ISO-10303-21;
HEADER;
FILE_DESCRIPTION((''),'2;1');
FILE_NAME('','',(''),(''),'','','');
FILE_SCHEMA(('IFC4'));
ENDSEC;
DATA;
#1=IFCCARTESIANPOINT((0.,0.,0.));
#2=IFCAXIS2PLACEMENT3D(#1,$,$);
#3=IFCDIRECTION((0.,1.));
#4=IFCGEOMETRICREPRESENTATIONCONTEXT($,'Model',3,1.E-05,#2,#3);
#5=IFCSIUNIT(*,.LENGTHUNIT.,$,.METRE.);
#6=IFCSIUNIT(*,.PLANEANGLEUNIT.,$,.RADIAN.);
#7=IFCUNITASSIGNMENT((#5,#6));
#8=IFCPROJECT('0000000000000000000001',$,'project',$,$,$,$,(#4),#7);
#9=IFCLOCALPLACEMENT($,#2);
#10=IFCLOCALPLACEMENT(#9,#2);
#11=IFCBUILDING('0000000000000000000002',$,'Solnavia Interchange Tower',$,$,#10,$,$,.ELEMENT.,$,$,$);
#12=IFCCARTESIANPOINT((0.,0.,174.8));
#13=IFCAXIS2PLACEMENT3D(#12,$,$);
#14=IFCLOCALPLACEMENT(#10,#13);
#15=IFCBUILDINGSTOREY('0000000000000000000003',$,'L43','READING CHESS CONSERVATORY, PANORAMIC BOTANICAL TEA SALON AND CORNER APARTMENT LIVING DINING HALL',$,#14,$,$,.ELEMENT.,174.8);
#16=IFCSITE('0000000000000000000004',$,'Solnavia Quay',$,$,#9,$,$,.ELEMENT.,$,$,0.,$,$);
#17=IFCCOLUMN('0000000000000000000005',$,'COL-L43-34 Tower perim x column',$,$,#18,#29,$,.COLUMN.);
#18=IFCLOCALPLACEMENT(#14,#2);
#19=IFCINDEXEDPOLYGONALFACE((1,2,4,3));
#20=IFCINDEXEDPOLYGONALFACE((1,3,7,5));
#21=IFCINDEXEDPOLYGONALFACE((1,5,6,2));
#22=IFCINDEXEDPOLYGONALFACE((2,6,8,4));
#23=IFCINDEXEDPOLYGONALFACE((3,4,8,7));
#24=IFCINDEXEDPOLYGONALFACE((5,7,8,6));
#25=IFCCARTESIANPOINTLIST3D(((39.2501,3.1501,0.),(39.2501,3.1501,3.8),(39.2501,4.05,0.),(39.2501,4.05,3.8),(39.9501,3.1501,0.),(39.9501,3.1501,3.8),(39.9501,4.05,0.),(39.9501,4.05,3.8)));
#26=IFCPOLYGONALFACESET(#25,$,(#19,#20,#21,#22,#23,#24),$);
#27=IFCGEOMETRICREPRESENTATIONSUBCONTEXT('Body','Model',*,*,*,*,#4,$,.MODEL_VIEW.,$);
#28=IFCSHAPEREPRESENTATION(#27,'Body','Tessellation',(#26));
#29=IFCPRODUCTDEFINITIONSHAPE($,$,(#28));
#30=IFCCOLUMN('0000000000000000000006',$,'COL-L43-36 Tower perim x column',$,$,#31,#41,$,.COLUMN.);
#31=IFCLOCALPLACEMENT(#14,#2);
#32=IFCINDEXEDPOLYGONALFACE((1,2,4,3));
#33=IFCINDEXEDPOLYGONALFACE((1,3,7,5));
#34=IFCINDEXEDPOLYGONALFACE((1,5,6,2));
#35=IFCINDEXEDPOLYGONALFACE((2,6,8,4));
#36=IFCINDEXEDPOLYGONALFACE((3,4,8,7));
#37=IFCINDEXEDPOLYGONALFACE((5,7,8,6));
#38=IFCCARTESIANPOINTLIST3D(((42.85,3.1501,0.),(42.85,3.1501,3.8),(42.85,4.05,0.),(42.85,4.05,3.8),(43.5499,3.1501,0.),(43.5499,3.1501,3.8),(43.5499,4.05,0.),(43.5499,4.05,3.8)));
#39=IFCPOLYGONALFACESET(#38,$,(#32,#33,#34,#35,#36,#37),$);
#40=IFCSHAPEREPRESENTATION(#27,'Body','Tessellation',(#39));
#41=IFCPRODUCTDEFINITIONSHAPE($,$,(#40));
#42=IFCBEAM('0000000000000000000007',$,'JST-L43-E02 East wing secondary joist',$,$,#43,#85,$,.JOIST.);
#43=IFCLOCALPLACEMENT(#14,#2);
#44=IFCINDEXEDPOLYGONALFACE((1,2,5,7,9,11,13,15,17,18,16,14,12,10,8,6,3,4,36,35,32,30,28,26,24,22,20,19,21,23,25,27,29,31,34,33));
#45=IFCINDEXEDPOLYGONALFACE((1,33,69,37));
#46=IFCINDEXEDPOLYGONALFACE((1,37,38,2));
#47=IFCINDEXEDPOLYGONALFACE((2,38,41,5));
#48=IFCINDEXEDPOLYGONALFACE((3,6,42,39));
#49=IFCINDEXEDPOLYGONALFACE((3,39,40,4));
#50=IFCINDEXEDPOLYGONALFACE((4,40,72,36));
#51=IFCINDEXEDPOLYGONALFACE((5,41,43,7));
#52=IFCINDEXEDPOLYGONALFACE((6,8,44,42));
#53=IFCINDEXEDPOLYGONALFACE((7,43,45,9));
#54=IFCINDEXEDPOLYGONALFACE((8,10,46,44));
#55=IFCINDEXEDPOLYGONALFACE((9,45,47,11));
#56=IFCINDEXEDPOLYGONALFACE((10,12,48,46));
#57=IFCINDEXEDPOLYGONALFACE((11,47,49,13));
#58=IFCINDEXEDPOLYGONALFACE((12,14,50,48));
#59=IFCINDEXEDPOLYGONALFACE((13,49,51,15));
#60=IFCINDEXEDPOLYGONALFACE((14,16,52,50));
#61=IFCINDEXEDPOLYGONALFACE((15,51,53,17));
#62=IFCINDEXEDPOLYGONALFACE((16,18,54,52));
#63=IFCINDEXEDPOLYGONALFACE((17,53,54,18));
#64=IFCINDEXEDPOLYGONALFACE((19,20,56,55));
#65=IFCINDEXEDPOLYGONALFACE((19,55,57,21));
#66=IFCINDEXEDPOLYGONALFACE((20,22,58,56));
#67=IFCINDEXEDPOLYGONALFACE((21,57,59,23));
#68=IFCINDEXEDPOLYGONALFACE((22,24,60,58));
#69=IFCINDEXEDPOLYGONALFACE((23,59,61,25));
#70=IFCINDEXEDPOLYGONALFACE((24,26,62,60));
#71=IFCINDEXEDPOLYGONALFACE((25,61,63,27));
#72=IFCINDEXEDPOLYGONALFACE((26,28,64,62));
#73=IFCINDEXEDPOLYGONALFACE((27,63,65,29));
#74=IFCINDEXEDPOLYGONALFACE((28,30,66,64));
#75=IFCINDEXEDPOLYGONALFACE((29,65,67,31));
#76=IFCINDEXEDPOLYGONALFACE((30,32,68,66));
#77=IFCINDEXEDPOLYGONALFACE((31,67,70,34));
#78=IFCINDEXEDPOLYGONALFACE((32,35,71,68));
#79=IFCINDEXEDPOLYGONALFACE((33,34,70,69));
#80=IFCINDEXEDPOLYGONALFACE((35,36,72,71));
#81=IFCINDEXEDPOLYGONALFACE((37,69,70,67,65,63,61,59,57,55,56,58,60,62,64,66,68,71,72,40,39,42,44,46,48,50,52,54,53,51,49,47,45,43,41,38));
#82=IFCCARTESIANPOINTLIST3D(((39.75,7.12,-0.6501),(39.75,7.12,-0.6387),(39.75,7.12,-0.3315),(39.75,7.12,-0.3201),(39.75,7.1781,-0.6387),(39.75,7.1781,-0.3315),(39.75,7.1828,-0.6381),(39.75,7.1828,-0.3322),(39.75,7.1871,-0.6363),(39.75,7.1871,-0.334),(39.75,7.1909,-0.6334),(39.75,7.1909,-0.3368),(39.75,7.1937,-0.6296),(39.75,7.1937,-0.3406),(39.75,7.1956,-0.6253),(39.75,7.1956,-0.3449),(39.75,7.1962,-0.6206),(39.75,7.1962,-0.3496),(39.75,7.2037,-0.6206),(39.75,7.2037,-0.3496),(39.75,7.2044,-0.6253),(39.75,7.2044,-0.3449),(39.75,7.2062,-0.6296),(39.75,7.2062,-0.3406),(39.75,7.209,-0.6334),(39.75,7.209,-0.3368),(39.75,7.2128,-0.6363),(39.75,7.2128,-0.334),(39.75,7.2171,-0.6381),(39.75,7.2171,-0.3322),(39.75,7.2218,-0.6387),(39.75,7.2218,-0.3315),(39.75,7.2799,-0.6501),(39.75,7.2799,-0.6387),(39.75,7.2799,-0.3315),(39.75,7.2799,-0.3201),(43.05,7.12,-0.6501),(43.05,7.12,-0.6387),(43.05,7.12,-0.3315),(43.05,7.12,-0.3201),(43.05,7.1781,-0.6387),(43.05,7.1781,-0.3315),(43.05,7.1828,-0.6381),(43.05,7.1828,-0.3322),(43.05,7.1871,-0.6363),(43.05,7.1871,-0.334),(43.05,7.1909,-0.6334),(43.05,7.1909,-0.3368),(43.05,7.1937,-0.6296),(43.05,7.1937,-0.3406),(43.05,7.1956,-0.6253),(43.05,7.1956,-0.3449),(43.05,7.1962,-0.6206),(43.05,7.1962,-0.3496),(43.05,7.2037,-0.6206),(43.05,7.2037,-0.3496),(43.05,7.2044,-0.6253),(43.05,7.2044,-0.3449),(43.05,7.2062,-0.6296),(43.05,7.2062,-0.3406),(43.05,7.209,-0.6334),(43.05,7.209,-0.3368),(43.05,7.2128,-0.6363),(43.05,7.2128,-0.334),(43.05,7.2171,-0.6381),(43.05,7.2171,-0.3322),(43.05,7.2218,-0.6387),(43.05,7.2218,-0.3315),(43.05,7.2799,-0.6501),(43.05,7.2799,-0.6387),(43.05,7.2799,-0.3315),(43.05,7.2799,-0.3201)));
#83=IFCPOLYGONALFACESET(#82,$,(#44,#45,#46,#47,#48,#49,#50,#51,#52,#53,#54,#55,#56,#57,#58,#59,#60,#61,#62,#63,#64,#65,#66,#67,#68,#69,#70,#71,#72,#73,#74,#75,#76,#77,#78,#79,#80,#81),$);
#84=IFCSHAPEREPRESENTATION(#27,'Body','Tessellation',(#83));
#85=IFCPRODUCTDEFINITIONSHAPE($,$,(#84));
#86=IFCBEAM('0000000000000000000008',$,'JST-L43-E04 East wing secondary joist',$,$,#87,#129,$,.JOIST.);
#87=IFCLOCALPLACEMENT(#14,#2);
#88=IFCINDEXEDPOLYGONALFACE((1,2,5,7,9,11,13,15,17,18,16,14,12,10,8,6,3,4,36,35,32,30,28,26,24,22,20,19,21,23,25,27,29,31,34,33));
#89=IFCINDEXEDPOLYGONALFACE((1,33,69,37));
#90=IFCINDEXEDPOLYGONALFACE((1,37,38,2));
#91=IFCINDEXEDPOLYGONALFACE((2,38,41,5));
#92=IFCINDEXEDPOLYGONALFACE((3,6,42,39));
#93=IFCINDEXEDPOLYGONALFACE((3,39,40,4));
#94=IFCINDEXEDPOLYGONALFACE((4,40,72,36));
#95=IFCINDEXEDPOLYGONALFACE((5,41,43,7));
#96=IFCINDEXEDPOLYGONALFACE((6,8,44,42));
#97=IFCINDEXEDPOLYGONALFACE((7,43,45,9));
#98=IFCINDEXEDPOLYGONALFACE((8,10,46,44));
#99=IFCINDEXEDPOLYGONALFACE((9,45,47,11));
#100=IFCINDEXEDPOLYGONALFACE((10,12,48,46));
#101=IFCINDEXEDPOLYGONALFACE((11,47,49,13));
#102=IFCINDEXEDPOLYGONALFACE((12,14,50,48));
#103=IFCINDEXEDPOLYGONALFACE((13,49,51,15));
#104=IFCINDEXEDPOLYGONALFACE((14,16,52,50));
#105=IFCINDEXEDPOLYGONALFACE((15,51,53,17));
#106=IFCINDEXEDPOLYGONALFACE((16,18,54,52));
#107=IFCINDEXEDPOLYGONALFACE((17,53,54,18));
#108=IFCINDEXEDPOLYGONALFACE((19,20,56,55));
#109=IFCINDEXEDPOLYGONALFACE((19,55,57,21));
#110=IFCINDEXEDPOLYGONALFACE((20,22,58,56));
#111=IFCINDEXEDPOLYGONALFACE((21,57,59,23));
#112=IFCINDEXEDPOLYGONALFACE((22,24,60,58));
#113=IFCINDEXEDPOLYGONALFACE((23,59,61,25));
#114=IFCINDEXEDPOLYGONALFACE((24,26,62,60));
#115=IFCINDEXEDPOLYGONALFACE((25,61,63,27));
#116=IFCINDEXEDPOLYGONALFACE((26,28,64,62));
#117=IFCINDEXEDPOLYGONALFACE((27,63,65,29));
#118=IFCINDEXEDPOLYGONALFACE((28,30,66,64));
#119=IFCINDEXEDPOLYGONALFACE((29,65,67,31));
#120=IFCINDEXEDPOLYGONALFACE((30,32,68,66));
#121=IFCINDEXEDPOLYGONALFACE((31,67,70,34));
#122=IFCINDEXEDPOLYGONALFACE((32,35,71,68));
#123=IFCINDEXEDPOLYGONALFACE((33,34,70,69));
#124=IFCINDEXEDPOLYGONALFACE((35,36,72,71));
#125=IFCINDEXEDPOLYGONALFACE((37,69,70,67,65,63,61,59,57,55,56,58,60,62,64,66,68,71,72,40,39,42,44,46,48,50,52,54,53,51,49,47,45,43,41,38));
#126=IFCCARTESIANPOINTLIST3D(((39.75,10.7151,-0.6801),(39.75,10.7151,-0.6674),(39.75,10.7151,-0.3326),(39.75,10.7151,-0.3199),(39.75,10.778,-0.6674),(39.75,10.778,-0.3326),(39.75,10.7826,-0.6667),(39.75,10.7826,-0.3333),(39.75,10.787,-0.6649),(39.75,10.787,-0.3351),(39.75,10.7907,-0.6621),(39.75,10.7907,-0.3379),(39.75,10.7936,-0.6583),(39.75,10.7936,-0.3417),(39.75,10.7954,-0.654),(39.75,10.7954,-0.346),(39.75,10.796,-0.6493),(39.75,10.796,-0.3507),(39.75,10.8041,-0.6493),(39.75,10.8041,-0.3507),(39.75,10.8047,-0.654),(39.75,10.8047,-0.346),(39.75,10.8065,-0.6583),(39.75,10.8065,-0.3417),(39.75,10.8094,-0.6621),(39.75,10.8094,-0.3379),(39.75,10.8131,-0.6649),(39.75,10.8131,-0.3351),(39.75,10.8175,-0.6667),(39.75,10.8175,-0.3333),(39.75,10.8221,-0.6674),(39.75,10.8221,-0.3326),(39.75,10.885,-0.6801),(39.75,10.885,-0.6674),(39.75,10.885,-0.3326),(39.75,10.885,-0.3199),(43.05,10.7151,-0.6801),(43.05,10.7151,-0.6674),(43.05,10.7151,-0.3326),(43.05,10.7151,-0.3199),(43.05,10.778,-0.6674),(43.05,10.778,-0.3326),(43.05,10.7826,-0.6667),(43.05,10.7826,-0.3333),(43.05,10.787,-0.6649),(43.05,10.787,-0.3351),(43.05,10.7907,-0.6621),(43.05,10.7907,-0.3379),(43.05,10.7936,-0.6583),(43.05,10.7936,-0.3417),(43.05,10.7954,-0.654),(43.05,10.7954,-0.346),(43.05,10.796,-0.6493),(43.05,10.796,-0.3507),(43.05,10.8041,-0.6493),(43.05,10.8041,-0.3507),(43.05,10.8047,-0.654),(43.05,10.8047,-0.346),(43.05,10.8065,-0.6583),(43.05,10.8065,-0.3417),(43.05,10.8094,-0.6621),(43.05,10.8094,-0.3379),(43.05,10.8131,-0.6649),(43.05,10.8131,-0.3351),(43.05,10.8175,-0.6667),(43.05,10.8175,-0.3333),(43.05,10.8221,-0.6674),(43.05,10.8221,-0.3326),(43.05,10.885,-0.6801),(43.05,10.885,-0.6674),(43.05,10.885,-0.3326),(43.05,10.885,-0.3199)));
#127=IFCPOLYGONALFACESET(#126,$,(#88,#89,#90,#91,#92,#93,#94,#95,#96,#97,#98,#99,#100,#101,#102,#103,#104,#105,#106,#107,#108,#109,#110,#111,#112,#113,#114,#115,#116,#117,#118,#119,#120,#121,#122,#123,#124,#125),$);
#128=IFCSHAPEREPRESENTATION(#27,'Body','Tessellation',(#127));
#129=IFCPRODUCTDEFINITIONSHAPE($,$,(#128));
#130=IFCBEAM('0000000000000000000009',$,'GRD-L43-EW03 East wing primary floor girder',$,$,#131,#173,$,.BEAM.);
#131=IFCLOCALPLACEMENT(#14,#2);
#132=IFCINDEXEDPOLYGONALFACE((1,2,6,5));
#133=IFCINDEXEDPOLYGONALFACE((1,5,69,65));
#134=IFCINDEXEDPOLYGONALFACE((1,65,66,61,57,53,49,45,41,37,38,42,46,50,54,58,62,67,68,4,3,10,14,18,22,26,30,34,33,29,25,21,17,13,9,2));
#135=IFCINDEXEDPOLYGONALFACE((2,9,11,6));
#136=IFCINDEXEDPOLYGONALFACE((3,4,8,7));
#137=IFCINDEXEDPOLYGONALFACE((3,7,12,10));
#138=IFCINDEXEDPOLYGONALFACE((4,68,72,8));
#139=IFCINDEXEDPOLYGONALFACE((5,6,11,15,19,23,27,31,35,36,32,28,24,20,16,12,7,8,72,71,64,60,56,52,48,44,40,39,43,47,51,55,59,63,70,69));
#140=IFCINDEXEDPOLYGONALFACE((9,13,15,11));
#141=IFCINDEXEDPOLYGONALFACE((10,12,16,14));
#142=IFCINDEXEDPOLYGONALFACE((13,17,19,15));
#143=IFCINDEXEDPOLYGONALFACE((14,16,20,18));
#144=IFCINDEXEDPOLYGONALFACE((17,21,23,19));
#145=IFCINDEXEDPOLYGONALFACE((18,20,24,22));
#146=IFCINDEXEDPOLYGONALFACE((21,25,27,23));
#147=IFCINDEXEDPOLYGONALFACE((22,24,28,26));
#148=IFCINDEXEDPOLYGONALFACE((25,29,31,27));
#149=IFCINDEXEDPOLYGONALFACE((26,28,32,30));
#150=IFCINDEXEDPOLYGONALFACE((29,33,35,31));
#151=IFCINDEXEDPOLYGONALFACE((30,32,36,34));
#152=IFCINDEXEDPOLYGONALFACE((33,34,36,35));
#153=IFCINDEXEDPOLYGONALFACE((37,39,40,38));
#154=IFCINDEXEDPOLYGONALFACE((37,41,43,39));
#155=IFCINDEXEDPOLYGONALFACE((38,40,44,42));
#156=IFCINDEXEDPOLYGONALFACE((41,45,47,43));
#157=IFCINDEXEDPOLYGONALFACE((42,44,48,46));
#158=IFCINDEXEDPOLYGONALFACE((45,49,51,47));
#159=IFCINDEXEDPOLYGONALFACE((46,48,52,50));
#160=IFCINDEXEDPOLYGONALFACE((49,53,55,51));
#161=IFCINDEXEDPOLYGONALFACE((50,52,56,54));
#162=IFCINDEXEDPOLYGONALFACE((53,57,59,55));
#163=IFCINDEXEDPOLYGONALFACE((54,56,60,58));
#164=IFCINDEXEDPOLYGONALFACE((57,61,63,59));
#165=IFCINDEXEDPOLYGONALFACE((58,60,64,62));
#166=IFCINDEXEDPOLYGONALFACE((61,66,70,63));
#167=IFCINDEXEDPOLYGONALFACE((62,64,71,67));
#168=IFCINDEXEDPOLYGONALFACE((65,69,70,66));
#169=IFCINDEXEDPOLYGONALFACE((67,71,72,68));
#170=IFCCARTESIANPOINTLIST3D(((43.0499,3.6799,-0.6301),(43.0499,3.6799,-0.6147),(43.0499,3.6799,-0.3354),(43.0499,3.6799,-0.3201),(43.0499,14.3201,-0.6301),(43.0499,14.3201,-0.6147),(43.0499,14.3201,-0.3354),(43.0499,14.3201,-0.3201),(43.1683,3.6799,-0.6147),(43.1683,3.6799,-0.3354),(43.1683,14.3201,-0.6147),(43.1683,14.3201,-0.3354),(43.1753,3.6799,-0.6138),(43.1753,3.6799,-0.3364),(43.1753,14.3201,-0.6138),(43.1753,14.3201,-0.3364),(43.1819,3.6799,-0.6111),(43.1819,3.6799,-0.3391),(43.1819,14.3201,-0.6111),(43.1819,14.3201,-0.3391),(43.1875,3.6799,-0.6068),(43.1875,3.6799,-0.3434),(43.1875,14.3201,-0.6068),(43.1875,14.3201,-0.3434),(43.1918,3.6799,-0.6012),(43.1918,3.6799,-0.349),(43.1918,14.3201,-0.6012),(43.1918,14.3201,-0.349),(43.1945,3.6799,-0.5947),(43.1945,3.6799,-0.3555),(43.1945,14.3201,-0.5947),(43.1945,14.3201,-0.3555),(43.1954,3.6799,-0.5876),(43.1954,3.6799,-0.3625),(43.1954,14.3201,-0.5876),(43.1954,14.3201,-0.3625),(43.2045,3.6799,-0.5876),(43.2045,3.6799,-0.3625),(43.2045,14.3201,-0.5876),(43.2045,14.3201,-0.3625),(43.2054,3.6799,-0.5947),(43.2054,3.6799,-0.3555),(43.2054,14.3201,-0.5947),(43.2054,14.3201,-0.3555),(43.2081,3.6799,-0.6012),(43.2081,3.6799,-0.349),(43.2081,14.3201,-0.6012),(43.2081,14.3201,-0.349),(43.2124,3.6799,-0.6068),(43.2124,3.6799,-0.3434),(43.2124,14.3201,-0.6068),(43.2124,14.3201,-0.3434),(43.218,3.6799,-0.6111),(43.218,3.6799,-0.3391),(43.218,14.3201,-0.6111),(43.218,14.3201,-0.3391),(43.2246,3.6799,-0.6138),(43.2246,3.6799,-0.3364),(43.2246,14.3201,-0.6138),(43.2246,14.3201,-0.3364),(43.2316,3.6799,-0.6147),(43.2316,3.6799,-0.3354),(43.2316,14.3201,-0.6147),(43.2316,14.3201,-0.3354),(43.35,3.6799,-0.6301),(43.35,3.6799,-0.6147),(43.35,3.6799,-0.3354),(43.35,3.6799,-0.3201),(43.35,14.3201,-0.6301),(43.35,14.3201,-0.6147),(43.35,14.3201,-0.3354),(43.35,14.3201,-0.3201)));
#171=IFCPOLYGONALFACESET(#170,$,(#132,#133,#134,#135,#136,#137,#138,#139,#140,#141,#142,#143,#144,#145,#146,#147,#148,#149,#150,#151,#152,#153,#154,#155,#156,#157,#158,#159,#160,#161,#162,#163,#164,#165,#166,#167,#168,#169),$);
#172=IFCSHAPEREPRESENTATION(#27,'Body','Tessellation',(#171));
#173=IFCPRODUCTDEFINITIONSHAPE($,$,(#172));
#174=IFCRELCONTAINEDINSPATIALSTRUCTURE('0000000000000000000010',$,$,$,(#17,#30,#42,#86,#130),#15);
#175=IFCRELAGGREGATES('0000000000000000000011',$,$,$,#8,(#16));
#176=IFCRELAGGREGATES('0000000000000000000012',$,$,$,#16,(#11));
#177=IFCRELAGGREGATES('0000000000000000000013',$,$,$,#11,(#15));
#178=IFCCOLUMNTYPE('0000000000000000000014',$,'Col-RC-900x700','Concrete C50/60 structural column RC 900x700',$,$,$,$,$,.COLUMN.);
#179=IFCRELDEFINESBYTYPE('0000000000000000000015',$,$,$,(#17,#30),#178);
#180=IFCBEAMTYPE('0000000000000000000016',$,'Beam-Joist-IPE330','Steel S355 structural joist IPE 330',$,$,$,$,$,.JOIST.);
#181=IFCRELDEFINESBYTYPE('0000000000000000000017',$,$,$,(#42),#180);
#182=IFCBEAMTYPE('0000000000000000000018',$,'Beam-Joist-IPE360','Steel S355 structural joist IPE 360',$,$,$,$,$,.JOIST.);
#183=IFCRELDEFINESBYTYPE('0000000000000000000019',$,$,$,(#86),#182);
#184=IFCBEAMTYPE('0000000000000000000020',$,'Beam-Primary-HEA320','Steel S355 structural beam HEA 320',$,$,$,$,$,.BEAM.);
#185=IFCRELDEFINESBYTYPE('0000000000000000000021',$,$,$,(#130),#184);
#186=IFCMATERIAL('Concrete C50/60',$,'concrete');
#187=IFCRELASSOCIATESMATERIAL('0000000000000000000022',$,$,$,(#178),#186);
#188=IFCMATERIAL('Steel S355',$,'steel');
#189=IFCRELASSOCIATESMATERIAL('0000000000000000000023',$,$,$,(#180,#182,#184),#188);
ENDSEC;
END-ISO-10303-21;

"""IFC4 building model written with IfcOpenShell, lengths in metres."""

from ifc_helpers import new_model, si_unit, direction, frame, origin, origin_2d, place, context, subcontext, project, spatial, rectangle, i_section, extrude, material, material_profile, profile_set, type_object, element, save


model = new_model("IFC4")

# Units and contexts
model_context = context("Model", 3, precision=1e-05, world=origin(), true_north=direction((0.0, 1.0)))
body_context = subcontext(model_context, "Body", "Model", "MODEL_VIEW")
ifc_project = project(units=[si_unit("LENGTHUNIT", "METRE"), si_unit("PLANEANGLEUNIT", "RADIAN")], contexts=[model_context])

# Site, building, storey
site_placement = place(None, origin())
site = spatial("IfcSite", under=ifc_project, at=site_placement, Name="Solnavia Quay", CompositionType="ELEMENT", RefElevation=0.0)
building_placement = place(site_placement, origin())
building = spatial("IfcBuilding", under=site, at=building_placement, Name="Solnavia Interchange Tower", CompositionType="ELEMENT")
storey_placement = place(building_placement, frame((0.0, 0.0, 174.8)))
storey = spatial("IfcBuildingStorey", under=building, at=storey_placement, Name="L43", Description="READING CHESS CONSERVATORY, PANORAMIC BOTANICAL TEA SALON AND CORNER APARTMENT LIVING DINING HALL", CompositionType="ELEMENT", Elevation=174.8)

# Columns
ifc_material_1 = material(Name="Concrete C50/60", Category="concrete")
ifc_material_profile_1 = material_profile(ifc_material_1, rectangle(XDim=0.7, YDim=0.8999, at=origin_2d()), Name="RC 900x700")
ifc_profile_set_1 = profile_set([ifc_material_profile_1], Name="Concrete C50/60")
column_type = type_object("IfcColumnType", Name="Col-RC-900x700", Description="Concrete C50/60 structural column RC 900x700", PredefinedType="COLUMN", material=ifc_profile_set_1)
for number, where, z_axis, x_axis, name in (
    (1, (39.6001, 3.6001, 0.0), (0.0, 0.0, 1.0), (1.0, 0.0, 0.0), "COL-L43-34 Tower perim x column"),
    (2, (43.2, 3.6001, 0.0), (0.0, 0.0, 1.0), (1.0, 0.0, 0.0), "COL-L43-36 Tower perim x column"),
):
    element("IfcColumn", number, at=place(storey_placement, frame(where, z_axis=z_axis, x_axis=x_axis)), inside=storey, type_object=column_type, Name=name, PredefinedType="COLUMN", context=body_context, shape_type="SweptSolid", body=[
        extrude(rectangle(XDim=0.7, YDim=0.8999, at=origin_2d()), origin(), (0.0, 0.0, 1.0), 3.8),
    ])

# Beams
ifc_material_2 = material(Name="Steel S355", Category="steel")
ifc_material_profile_2 = material_profile(ifc_material_2, i_section(OverallWidth=0.1599, OverallDepth=0.3301, WebThickness=0.0076, FlangeThickness=0.0115, FilletRadius=0.0181, at=origin_2d()), Name="IPE 330")
ifc_profile_set_2 = profile_set([ifc_material_profile_2], Name="Steel S355")
beam_type_1 = type_object("IfcBeamType", Name="Beam-Joist-IPE330", Description="Steel S355 structural joist IPE 330", PredefinedType="JOIST", material=ifc_profile_set_2)
beam_1_placement = place(storey_placement, frame((39.75, 7.2, -0.4851), z_axis=(1.0, 0.0, 0.0), x_axis=(0.0, 1.0, 0.0)))
element("IfcBeam", 3, at=beam_1_placement, inside=storey, type_object=beam_type_1, Name="JST-L43-E02 East wing secondary joist", PredefinedType="JOIST", context=body_context, shape_type="SweptSolid", body=[
    extrude(i_section(OverallWidth=0.1599, OverallDepth=0.3301, WebThickness=0.0076, FlangeThickness=0.0115, FilletRadius=0.0181, at=origin_2d()), origin(), (0.0, 0.0, 1.0), 3.3),
])
ifc_material_profile_3 = material_profile(ifc_material_2, i_section(OverallWidth=0.1699, OverallDepth=0.3601, WebThickness=0.0081, FlangeThickness=0.0127, FilletRadius=0.0181, at=origin_2d()), Name="IPE 360")
ifc_profile_set_3 = profile_set([ifc_material_profile_3], Name="Steel S355")
beam_type_2 = type_object("IfcBeamType", Name="Beam-Joist-IPE360", Description="Steel S355 structural joist IPE 360", PredefinedType="JOIST", material=ifc_profile_set_3)
beam_2_placement = place(storey_placement, frame((39.75, 10.8, -0.5), z_axis=(1.0, 0.0, 0.0), x_axis=(0.0, 1.0, 0.0)))
element("IfcBeam", 4, at=beam_2_placement, inside=storey, type_object=beam_type_2, Name="JST-L43-E04 East wing secondary joist", PredefinedType="JOIST", context=body_context, shape_type="SweptSolid", body=[
    extrude(i_section(OverallWidth=0.1699, OverallDepth=0.3601, WebThickness=0.0081, FlangeThickness=0.0127, FilletRadius=0.0181, at=origin_2d()), origin(), (0.0, 0.0, 1.0), 3.3),
])
ifc_material_profile_4 = material_profile(ifc_material_2, i_section(OverallWidth=0.3, OverallDepth=0.3101, WebThickness=0.009, FlangeThickness=0.0154, FilletRadius=0.0271, at=origin_2d()), Name="HEA 320")
ifc_profile_set_4 = profile_set([ifc_material_profile_4], Name="Steel S355")
beam_type_3 = type_object("IfcBeamType", Name="Beam-Primary-HEA320", Description="Steel S355 structural beam HEA 320", PredefinedType="BEAM", material=ifc_profile_set_4)
beam_3_placement = place(storey_placement, frame((43.2, 3.6799, -0.4751), z_axis=(0.0, 1.0, 0.0), x_axis=(-1.0, 0.0, 0.0)))
element("IfcBeam", 5, at=beam_3_placement, inside=storey, type_object=beam_type_3, Name="GRD-L43-EW03 East wing primary floor girder", PredefinedType="BEAM", context=body_context, shape_type="SweptSolid", body=[
    extrude(i_section(OverallWidth=0.3, OverallDepth=0.3101, WebThickness=0.009, FlangeThickness=0.0154, FilletRadius=0.0271, at=origin_2d()), origin(), (0.0, 0.0, 1.0), 10.6401),
])

save(model, "model.ifc")
